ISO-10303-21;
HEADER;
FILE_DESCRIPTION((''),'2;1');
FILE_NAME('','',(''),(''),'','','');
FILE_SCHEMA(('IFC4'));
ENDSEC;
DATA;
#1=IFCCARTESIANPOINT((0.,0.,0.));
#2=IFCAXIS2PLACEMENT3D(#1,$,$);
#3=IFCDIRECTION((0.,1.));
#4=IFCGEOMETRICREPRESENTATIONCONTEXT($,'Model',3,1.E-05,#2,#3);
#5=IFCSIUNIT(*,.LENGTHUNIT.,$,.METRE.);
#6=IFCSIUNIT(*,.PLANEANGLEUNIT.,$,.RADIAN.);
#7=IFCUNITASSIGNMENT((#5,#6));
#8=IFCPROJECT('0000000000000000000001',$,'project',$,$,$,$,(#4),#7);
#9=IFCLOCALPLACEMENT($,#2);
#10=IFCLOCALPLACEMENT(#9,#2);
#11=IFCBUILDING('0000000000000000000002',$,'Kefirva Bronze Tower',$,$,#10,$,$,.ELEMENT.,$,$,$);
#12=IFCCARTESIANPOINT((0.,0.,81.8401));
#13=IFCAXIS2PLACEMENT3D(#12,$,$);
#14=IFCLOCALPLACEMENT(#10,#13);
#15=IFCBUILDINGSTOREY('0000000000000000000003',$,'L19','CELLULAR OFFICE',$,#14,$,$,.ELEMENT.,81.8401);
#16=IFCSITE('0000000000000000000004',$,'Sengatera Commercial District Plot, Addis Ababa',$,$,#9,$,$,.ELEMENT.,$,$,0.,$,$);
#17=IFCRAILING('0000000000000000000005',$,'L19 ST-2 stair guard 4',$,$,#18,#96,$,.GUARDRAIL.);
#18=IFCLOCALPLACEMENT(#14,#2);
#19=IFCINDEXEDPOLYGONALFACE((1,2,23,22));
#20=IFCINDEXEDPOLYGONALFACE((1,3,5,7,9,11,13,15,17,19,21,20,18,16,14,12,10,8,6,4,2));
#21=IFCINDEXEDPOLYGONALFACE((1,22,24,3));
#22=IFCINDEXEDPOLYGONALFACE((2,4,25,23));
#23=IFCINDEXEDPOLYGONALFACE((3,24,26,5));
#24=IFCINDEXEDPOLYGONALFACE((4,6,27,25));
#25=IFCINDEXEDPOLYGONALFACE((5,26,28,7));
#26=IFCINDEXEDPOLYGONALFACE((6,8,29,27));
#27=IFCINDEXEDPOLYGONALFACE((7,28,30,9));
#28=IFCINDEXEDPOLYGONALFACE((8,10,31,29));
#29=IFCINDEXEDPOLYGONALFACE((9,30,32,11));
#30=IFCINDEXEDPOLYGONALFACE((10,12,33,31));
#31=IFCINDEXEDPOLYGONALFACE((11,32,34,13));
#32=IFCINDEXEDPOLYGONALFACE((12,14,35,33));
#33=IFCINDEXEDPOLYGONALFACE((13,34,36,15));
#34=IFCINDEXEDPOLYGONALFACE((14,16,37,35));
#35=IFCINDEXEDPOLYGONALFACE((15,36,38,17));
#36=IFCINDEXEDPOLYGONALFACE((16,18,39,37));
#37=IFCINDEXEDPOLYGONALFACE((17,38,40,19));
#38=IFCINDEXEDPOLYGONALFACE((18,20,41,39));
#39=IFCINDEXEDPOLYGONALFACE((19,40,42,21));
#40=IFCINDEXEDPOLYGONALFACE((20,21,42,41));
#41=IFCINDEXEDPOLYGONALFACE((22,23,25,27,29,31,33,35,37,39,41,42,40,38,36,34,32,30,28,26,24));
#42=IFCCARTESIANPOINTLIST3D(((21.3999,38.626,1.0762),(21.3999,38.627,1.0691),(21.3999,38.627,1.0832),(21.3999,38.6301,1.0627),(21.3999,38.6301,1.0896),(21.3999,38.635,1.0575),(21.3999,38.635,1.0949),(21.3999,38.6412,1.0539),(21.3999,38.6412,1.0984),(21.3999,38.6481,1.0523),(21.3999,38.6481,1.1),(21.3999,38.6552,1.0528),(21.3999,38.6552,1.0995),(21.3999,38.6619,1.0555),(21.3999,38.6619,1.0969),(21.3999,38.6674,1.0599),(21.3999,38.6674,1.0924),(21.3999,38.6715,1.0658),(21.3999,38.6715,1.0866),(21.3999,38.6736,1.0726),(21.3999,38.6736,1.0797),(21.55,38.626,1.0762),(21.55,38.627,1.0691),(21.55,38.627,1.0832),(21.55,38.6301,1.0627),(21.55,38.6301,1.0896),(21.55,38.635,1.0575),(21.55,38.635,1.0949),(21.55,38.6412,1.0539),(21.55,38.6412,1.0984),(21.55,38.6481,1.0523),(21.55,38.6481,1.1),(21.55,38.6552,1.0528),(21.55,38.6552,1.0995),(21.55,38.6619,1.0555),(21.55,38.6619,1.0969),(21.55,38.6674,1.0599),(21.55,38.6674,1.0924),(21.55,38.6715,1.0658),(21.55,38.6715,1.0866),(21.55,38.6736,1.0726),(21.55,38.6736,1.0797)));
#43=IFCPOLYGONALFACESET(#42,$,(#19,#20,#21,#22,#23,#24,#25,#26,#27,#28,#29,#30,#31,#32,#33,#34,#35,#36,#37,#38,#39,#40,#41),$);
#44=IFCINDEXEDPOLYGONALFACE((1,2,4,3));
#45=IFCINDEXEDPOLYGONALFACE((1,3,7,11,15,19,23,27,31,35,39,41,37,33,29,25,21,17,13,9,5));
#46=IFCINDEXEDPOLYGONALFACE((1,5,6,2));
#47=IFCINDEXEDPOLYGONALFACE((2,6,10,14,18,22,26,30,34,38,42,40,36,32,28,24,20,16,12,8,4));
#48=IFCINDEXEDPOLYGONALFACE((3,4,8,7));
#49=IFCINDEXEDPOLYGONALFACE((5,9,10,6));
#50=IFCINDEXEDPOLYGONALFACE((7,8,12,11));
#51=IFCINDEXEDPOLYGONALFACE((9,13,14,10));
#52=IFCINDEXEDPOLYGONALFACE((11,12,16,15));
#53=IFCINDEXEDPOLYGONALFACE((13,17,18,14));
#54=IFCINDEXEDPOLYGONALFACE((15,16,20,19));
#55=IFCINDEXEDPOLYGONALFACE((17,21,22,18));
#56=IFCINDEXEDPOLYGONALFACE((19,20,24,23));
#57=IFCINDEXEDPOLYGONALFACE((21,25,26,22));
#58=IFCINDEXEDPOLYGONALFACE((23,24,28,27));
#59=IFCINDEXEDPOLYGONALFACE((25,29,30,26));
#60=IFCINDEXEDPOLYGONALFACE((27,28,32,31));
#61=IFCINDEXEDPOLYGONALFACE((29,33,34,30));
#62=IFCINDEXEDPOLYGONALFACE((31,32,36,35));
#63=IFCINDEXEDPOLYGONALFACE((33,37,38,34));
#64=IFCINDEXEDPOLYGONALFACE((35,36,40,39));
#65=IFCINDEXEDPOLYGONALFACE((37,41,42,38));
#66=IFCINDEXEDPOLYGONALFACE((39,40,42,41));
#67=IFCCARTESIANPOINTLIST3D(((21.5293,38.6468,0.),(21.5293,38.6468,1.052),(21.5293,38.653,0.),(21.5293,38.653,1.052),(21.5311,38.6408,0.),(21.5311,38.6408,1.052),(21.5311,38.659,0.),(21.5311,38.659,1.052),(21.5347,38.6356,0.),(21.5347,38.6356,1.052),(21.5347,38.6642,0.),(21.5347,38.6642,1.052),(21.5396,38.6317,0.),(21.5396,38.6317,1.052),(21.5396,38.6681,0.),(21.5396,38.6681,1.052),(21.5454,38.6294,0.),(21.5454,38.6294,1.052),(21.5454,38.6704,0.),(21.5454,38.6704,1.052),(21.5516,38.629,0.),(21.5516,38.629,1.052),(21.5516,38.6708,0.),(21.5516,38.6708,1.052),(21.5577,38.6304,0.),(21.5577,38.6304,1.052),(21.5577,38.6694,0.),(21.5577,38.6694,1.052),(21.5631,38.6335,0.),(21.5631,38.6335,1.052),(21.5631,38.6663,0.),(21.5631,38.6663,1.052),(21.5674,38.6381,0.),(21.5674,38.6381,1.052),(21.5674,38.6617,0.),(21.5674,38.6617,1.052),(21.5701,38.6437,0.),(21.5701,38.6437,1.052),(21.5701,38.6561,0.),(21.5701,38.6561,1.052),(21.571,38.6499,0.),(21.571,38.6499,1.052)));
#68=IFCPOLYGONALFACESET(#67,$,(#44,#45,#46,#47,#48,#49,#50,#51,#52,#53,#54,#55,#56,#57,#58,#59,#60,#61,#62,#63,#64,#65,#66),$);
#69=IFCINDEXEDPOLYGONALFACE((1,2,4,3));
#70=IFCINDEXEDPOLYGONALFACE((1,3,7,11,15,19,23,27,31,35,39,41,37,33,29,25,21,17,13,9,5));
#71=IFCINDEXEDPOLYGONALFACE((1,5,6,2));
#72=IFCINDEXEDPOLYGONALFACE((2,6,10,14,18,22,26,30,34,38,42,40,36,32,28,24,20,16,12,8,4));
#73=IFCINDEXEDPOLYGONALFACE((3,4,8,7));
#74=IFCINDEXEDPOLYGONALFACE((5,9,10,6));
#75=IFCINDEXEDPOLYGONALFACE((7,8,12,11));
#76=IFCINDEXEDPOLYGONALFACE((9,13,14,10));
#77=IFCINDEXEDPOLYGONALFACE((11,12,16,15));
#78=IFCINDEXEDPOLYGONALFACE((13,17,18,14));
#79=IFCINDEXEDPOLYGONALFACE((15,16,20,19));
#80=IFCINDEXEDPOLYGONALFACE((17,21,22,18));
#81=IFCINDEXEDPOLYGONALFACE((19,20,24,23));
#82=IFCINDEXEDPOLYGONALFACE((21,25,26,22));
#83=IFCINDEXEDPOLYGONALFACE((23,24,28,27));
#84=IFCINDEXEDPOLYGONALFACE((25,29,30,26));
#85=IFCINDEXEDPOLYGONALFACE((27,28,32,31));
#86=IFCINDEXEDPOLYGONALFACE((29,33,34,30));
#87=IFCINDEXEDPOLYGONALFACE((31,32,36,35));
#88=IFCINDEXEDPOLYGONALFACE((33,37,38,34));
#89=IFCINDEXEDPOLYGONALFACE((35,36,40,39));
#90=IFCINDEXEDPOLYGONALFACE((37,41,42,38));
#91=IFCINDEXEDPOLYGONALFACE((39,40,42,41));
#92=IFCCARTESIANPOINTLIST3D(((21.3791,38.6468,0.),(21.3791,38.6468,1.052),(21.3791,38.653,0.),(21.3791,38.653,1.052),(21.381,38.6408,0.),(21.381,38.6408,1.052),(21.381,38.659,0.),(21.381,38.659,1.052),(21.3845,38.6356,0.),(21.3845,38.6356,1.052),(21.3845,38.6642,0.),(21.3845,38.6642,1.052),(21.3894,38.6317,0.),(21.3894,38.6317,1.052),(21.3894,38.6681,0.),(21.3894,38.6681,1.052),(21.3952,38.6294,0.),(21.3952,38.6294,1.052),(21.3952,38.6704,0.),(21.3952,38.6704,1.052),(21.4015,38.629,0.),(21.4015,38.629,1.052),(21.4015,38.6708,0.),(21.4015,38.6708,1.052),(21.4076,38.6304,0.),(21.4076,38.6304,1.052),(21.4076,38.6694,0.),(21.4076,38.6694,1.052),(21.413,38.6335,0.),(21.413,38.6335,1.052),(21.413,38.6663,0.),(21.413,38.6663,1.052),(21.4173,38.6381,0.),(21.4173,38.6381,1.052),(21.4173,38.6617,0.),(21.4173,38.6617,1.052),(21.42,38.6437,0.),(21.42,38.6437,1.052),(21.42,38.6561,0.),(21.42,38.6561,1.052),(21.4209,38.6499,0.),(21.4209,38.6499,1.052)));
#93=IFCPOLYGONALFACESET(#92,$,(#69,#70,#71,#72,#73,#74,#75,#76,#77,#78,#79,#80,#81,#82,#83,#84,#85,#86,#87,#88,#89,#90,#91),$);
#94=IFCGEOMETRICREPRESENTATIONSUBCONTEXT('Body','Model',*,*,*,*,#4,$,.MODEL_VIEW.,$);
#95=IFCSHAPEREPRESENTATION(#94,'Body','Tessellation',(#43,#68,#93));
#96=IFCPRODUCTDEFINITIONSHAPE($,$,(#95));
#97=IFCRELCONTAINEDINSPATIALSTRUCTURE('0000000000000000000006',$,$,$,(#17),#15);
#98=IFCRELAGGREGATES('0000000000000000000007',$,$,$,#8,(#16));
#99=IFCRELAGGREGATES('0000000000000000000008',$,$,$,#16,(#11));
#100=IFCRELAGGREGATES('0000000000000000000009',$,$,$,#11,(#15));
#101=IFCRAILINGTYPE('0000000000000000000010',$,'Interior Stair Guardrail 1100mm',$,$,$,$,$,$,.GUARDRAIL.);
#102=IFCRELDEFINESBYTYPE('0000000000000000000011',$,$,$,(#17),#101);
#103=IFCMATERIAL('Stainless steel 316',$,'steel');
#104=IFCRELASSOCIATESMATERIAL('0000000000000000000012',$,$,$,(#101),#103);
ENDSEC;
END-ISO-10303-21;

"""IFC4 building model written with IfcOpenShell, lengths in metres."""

from ifc_helpers import new_model, si_unit, direction, frame, origin, origin_2d, place, context, subcontext, project, spatial, circle, extrude, material, type_object, element, save


model = new_model("IFC4")

# Units and contexts
model_context = context("Model", 3, precision=1e-05, world=origin(), true_north=direction((0.0, 1.0)))
body_context = subcontext(model_context, "Body", "Model", "MODEL_VIEW")
ifc_project = project(units=[si_unit("LENGTHUNIT", "METRE"), si_unit("PLANEANGLEUNIT", "RADIAN")], contexts=[model_context])

# Site, building, storey
site_placement = place(None, origin())
site = spatial("IfcSite", under=ifc_project, at=site_placement, Name="Sengatera Commercial District Plot, Addis Ababa", CompositionType="ELEMENT", RefElevation=0.0)
building_placement = place(site_placement, origin())
building = spatial("IfcBuilding", under=site, at=building_placement, Name="Kefirva Bronze Tower", CompositionType="ELEMENT")
storey_placement = place(building_placement, frame((0.0, 0.0, 81.8401)))
storey = spatial("IfcBuildingStorey", under=building, at=storey_placement, Name="L19", Description="CELLULAR OFFICE", CompositionType="ELEMENT", Elevation=81.8401)

# Railing
ifc_material_1 = material(Name="Stainless steel 316", Category="steel")
railing_type_1 = type_object("IfcRailingType", Name="Interior Stair Guardrail 1100mm", PredefinedType="GUARDRAIL", material=ifc_material_1)
railing_1_placement = place(storey_placement, frame((21.55, 38.6499, 0.0)))
element("IfcRailing", 1, at=railing_1_placement, inside=storey, type_object=railing_type_1, Name="L19 ST-2 stair guard 4", PredefinedType="GUARDRAIL", context=body_context, shape_type="SweptSolid", body=[
    extrude(circle(Radius=0.0239, at=origin_2d()), frame((0.0, 0.0, 1.0762), z_axis=(-1.0, 0.0, 0.0), x_axis=(0.0, -1.0, 0.0)), (0.0, 0.0, 1.0), 0.1501),
    extrude(circle(Radius=0.021, at=origin_2d()), origin(), (0.0, 0.0, 1.0), 1.052),
    extrude(circle(Radius=0.021, at=origin_2d()), frame((-0.1501, 0.0, 0.0)), (0.0, 0.0, 1.0), 1.052),
])

save(model, "model.ifc")
